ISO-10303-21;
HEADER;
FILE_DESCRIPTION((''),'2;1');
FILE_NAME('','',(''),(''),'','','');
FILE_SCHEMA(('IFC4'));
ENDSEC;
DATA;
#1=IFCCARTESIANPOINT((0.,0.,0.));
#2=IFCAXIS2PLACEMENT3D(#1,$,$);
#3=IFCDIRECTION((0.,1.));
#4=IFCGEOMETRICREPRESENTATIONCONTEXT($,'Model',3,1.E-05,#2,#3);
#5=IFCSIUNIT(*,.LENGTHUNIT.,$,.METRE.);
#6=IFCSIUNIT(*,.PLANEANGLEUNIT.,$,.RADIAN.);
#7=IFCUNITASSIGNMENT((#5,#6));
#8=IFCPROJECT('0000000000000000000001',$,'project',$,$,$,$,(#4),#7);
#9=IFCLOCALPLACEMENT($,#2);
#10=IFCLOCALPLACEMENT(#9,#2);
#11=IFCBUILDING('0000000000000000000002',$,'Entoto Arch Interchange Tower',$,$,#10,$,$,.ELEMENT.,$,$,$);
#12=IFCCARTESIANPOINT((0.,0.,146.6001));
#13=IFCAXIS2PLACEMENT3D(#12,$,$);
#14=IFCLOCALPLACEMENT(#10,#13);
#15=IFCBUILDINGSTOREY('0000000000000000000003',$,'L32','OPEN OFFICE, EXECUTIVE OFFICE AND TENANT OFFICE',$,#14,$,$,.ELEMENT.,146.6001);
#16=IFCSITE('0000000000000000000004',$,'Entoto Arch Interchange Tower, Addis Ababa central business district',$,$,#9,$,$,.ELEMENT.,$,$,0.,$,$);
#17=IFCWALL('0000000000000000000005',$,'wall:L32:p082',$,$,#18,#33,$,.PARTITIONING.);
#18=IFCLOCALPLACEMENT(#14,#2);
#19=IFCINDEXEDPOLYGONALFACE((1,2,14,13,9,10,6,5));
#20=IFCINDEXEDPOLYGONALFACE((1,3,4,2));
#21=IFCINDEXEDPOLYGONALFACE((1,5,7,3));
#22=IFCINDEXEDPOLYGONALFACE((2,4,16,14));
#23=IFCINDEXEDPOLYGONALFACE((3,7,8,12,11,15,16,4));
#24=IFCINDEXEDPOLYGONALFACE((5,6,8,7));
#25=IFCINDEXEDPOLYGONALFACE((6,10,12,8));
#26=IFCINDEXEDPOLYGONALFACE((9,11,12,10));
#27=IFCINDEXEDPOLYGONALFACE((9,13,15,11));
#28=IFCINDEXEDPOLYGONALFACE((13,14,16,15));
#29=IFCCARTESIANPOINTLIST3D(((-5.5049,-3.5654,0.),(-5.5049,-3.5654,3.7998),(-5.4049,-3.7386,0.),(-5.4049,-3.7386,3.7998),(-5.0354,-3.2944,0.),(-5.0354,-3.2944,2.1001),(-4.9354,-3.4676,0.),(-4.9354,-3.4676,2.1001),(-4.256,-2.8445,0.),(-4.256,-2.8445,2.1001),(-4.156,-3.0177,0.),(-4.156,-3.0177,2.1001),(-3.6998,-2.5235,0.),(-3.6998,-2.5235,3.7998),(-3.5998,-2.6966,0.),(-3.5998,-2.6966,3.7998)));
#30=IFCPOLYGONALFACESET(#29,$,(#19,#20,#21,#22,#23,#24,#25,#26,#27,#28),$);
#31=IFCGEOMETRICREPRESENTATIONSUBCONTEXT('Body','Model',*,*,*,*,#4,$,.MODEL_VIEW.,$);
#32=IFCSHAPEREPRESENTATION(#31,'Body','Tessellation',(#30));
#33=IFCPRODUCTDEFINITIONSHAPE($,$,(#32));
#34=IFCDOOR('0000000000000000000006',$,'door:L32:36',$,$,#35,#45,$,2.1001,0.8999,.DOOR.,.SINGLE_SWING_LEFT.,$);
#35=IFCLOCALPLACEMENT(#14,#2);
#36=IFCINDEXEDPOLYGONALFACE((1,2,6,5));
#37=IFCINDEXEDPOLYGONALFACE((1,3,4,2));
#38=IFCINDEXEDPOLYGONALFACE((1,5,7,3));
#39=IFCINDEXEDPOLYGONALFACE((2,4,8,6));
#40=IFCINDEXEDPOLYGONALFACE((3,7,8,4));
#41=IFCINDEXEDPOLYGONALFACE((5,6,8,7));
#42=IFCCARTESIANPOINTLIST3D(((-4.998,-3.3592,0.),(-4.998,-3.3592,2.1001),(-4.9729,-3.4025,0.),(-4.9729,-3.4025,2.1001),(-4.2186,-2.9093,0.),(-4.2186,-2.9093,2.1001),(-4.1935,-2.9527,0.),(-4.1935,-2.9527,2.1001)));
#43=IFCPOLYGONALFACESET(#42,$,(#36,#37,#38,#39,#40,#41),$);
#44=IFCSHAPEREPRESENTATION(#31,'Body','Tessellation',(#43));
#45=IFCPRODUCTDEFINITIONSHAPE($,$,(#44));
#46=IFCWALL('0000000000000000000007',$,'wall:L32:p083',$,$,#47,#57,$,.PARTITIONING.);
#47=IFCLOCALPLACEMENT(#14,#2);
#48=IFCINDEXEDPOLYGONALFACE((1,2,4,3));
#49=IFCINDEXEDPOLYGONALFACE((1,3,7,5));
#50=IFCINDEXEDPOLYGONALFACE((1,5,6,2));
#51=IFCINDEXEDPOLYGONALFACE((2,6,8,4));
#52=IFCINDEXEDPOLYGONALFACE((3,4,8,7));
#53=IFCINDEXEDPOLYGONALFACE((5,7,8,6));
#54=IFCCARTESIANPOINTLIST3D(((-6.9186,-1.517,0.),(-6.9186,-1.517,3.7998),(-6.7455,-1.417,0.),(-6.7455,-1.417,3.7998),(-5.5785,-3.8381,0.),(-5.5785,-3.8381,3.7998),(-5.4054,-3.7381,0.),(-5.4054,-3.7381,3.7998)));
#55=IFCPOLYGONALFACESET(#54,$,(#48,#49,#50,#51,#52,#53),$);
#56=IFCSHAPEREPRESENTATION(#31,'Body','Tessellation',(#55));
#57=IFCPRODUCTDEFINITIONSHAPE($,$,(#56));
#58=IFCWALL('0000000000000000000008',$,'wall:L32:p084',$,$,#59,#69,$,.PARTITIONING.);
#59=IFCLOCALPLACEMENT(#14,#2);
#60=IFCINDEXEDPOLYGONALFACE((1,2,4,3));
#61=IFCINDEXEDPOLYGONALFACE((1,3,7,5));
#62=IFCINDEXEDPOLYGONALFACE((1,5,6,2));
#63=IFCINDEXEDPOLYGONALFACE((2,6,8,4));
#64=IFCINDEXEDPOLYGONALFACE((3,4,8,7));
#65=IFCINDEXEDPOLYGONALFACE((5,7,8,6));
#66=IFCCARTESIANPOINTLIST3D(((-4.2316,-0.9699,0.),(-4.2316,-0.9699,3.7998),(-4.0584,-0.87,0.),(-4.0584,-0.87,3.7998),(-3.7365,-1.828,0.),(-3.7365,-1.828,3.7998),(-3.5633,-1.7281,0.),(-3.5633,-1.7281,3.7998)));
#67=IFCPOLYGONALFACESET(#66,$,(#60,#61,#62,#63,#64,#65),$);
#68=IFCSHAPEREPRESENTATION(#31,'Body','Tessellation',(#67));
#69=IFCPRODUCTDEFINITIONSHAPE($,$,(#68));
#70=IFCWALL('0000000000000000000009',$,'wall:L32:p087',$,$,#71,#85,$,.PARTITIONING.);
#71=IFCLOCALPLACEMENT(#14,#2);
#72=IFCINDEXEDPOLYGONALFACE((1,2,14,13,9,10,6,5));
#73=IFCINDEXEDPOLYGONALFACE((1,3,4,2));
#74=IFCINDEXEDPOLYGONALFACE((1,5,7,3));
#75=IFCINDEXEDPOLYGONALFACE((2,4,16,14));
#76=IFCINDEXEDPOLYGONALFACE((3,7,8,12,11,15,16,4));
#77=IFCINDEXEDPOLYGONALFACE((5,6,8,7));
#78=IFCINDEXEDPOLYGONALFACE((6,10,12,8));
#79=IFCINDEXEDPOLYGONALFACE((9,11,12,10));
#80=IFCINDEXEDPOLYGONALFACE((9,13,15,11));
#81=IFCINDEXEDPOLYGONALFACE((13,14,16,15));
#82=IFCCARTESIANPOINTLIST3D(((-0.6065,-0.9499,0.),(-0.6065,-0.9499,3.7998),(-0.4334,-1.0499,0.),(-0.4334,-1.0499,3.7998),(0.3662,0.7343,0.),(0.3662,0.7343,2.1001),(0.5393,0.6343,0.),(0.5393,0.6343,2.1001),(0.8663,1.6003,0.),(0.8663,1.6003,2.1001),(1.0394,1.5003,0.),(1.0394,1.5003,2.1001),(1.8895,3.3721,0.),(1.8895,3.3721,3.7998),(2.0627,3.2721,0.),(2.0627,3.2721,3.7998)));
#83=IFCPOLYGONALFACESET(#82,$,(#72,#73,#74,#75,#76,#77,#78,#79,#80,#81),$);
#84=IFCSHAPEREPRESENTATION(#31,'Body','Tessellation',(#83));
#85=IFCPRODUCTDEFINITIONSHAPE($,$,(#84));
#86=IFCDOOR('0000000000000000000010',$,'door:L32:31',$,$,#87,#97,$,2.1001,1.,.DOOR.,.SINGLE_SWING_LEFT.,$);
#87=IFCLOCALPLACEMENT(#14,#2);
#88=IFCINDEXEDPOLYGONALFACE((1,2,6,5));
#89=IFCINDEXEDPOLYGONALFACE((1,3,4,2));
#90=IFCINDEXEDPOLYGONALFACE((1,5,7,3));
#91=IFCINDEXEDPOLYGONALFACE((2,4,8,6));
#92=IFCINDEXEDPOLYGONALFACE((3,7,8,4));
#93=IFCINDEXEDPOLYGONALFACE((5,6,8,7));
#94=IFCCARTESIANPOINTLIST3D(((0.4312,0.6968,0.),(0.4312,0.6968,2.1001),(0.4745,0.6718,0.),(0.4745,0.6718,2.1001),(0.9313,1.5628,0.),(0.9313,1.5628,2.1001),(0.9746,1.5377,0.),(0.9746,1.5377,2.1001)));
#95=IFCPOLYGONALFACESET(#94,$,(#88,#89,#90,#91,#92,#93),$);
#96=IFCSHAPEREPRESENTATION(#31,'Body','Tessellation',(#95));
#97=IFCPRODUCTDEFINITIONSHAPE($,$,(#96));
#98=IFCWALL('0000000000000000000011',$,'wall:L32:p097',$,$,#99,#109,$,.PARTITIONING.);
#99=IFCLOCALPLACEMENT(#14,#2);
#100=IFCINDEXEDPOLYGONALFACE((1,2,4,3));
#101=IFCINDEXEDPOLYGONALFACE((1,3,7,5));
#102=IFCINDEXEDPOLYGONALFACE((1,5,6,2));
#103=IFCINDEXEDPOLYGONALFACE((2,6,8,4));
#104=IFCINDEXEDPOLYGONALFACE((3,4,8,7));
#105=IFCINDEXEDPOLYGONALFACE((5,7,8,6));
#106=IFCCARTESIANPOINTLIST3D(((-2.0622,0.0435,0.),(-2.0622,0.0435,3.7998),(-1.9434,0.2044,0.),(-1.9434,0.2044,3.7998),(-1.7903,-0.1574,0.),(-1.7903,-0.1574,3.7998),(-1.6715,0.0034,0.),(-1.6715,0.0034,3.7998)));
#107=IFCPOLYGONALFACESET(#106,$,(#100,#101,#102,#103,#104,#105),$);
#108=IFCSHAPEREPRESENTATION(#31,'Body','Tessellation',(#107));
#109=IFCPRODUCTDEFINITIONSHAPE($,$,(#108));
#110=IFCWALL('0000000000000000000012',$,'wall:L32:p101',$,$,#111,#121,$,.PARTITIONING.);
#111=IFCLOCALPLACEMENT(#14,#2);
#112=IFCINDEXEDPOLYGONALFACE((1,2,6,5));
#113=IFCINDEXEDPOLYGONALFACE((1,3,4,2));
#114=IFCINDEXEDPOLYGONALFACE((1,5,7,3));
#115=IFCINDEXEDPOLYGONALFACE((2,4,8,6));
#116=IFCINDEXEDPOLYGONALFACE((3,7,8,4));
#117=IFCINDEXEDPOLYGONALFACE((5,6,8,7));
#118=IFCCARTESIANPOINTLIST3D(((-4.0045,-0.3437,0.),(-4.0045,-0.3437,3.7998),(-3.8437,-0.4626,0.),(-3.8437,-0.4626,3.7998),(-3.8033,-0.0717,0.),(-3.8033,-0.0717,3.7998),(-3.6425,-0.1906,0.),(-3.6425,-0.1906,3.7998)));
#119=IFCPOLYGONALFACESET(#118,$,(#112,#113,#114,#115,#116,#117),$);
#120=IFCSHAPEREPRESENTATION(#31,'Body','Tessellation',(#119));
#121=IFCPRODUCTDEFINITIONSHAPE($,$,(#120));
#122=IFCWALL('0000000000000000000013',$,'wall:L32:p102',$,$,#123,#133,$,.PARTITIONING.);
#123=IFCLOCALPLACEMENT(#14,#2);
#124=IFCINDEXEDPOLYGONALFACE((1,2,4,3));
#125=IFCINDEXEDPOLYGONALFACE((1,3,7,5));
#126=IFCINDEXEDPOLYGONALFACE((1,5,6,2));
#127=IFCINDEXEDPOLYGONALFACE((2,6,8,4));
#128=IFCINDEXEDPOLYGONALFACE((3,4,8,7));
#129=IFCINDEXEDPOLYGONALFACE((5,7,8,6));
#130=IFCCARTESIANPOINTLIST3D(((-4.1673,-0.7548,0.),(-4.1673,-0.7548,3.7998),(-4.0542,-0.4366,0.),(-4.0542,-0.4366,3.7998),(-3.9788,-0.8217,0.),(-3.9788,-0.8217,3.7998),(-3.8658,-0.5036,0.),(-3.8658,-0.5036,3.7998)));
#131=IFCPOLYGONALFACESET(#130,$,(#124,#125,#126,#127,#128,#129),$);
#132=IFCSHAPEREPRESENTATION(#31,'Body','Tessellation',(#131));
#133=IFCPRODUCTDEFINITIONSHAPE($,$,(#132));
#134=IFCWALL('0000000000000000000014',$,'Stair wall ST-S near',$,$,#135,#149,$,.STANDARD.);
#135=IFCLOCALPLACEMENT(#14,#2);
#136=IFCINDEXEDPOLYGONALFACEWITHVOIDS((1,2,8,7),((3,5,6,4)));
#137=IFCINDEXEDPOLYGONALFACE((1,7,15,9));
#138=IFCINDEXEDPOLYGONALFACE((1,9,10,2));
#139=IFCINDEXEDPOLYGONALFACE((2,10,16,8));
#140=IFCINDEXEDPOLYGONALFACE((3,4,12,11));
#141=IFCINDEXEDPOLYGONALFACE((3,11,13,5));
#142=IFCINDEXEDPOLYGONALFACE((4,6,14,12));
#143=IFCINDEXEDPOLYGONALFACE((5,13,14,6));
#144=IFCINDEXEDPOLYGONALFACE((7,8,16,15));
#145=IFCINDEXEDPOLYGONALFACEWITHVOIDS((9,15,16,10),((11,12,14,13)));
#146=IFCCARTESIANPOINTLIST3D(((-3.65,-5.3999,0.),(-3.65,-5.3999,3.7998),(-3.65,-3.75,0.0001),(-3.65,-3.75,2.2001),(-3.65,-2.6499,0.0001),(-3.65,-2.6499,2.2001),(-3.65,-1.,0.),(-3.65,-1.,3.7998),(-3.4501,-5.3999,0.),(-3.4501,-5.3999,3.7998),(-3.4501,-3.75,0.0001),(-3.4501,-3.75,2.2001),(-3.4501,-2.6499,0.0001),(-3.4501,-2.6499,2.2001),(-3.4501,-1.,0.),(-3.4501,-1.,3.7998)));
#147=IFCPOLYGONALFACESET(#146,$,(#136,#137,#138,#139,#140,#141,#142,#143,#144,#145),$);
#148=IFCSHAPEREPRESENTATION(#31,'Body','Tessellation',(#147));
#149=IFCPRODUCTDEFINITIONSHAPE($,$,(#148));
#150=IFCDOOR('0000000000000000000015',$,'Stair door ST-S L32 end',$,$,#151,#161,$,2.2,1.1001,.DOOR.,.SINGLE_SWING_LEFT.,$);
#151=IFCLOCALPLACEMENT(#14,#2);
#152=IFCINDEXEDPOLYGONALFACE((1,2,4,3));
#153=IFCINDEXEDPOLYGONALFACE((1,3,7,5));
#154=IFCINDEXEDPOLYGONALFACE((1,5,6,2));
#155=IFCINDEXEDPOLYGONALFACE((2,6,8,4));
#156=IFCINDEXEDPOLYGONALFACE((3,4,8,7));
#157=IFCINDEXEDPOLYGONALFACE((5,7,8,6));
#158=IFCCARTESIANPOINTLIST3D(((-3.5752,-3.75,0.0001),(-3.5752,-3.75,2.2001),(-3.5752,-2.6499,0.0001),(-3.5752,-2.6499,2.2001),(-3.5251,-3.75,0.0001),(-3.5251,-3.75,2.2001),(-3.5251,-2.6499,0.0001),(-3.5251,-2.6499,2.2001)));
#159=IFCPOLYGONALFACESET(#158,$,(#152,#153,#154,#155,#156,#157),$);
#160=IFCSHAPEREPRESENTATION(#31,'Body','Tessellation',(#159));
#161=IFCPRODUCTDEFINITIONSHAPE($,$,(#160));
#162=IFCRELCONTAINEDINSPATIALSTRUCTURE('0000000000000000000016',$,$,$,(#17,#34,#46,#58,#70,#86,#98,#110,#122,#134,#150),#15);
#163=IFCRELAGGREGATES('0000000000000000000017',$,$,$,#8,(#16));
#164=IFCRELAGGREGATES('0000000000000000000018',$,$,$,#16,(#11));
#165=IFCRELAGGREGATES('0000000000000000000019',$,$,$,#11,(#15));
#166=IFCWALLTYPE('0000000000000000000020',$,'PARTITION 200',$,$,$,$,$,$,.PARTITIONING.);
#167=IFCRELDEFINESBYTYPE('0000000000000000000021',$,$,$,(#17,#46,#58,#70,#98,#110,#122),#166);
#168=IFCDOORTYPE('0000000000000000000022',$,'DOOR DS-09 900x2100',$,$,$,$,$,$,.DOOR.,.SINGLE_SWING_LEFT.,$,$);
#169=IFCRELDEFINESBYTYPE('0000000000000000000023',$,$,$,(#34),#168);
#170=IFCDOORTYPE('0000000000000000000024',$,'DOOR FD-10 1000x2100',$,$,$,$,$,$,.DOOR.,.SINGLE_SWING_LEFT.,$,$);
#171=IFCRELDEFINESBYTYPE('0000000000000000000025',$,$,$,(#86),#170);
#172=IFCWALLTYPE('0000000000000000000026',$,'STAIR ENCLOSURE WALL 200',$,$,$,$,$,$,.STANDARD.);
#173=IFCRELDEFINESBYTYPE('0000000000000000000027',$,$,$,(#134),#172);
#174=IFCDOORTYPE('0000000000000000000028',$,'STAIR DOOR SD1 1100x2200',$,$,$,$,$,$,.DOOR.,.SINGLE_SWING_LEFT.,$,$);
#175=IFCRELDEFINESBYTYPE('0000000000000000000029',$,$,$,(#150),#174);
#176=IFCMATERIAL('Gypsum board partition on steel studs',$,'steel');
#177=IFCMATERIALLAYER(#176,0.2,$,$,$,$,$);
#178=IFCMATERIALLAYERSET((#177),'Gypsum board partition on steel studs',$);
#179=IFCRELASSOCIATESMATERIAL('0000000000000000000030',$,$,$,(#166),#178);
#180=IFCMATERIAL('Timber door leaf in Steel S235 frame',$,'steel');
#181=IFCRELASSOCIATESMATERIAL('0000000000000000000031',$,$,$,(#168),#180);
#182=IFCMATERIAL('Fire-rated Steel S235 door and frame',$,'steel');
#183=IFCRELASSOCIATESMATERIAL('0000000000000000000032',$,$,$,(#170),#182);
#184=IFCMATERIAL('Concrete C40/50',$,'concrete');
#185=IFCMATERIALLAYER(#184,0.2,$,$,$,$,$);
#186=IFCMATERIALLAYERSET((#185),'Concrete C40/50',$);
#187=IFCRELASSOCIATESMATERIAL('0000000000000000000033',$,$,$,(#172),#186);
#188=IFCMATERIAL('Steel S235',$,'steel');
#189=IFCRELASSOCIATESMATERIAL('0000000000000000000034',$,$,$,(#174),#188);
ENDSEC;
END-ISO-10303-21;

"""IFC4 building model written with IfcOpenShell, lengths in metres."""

from ifc_helpers import new_model, si_unit, direction, frame, frame_2d, origin, place, context, subcontext, project, spatial, rectangle, extrude, material, layer, layer_set, type_object, element, fill, save


model = new_model("IFC4")

# Units and contexts
model_context = context("Model", 3, precision=1e-05, world=origin(), true_north=direction((0.0, 1.0)))
body_context = subcontext(model_context, "Body", "Model", "MODEL_VIEW")
ifc_project = project(units=[si_unit("LENGTHUNIT", "METRE"), si_unit("PLANEANGLEUNIT", "RADIAN")], contexts=[model_context])

# Site, building, storey
site_placement = place(None, origin())
site = spatial("IfcSite", under=ifc_project, at=site_placement, Name="Entoto Arch Interchange Tower, Addis Ababa central business district", CompositionType="ELEMENT", RefElevation=0.0)
building_placement = place(site_placement, origin())
building = spatial("IfcBuilding", under=site, at=building_placement, Name="Entoto Arch Interchange Tower", CompositionType="ELEMENT")
storey_placement = place(building_placement, frame((0.0, 0.0, 146.6001)))
storey = spatial("IfcBuildingStorey", under=building, at=storey_placement, Name="L32", Description="OPEN OFFICE, EXECUTIVE OFFICE AND TENANT OFFICE", CompositionType="ELEMENT", Elevation=146.6001)

# Shared definitions
ifc_material_1 = material(Name="Concrete C40/50", Category="concrete")

# Shared definitions
ifc_material_2 = material(Name="Gypsum board partition on steel studs", Category="steel")
ifc_layer_1 = layer(ifc_material_2, 0.2)
ifc_layer_set_1 = layer_set([ifc_layer_1], Name="Gypsum board partition on steel studs")
wall_type_1 = type_object("IfcWallType", Name="PARTITION 200", PredefinedType="PARTITIONING", material=ifc_layer_set_1)

# Wall, opening, door
wall_1_placement = place(storey_placement, frame((-3.6499, -2.6101, 0.0), z_axis=(0.0, 0.0, 1.0), x_axis=(-0.866072, -0.499918, 0.0)))
wall_1 = element("IfcWall", 1, at=wall_1_placement, inside=storey, type_object=wall_type_1, Name="wall:L32:p082", PredefinedType="PARTITIONING", context=body_context, shape_type="SweptSolid", body=[
    extrude(rectangle(XDim=2.0842, YDim=0.2, at=frame_2d((1.042, 0.0))), origin(), (0.0, 0.0, 1.0), 3.7998),
])
opening_1_placement = place(wall_1_placement, frame((0.6421, 0.0, 0.0)))
opening_1 = element("IfcOpeningElement", 2, at=opening_1_placement, cuts=wall_1, PredefinedType="OPENING", context=body_context, shape_type="SweptSolid", body=[
    extrude(rectangle(XDim=0.8999, YDim=2.1001, at=frame_2d((0.45, 1.05))), frame((0.0, 0.1099, 0.0), z_axis=(0.0, -1.0, 0.0), x_axis=(1.0, 0.0, 0.0)), (0.0, 0.0, 1.0), 0.22),
])
ifc_material_3 = material(Name="Timber door leaf in Steel S235 frame", Category="steel")
door_type_1 = type_object("IfcDoorType", Name="DOOR DS-09 900x2100", OperationType="SINGLE_SWING_LEFT", PredefinedType="DOOR", material=ifc_material_3)
door_1_placement = place(opening_1_placement, origin())
door_1 = element("IfcDoor", 3, at=door_1_placement, inside=storey, type_object=door_type_1, Name="door:L32:36", OperationType="SINGLE_SWING_LEFT", OverallHeight=2.1001, OverallWidth=0.8999, PredefinedType="DOOR", context=body_context, shape_type="SweptSolid", body=[
    extrude(rectangle(XDim=0.8999, YDim=2.1001, at=frame_2d((0.45, 1.05))), frame((0.0, 0.0249, 0.0), z_axis=(0.0, -1.0, 0.0), x_axis=(1.0, 0.0, 0.0)), (0.0, 0.0, 1.0), 0.05),
])
fill(opening_1, door_1)

# Walls
wall_2_placement = place(storey_placement, frame((-5.4919, -3.7881, 0.0), z_axis=(0.0, 0.0, 1.0), x_axis=(-0.500009, 0.86602, 0.0)))
element("IfcWall", 4, at=wall_2_placement, inside=storey, type_object=wall_type_1, Name="wall:L32:p083", PredefinedType="PARTITIONING", context=body_context, shape_type="SweptSolid", body=[
    extrude(rectangle(XDim=2.6802, YDim=0.2, at=frame_2d((1.3401, 0.0))), origin(), (0.0, 0.0, 1.0), 3.7998),
])
wall_3_placement = place(storey_placement, frame((-4.145, -0.9199, 0.0), z_axis=(0.0, 0.0, 1.0), x_axis=(0.499744, -0.866173, 0.0)))
element("IfcWall", 5, at=wall_3_placement, inside=storey, type_object=wall_type_1, Name="wall:L32:p084", PredefinedType="PARTITIONING", context=body_context, shape_type="SweptSolid", body=[
    extrude(rectangle(XDim=0.9907, YDim=0.2, at=frame_2d((0.4954, 0.0))), origin(), (0.0, 0.0, 1.0), 3.7998),
])

# Wall, opening, door
wall_4_placement = place(storey_placement, frame((-0.52, -1.0, 0.0), z_axis=(0.0, 0.0, 1.0), x_axis=(0.500116, 0.865958, 0.0)))
wall_4 = element("IfcWall", 6, at=wall_4_placement, inside=storey, type_object=wall_type_1, Name="wall:L32:p087", PredefinedType="PARTITIONING", context=body_context, shape_type="SweptSolid", body=[
    extrude(rectangle(XDim=4.991, YDim=0.2, at=frame_2d((2.4956, 0.0))), origin(), (0.0, 0.0, 1.0), 3.7998),
])
opening_2_placement = place(wall_4_placement, frame((1.9451, 0.0, 0.0)))
opening_2 = element("IfcOpeningElement", 7, at=opening_2_placement, cuts=wall_4, PredefinedType="OPENING", context=body_context, shape_type="SweptSolid", body=[
    extrude(rectangle(XDim=1.0, YDim=2.1001, at=frame_2d((0.5, 1.05))), frame((0.0, 0.1099, 0.0), z_axis=(0.0, -1.0, 0.0), x_axis=(1.0, 0.0, 0.0)), (0.0, 0.0, 1.0), 0.22),
])
ifc_material_4 = material(Name="Fire-rated Steel S235 door and frame", Category="steel")
door_type_2 = type_object("IfcDoorType", Name="DOOR FD-10 1000x2100", OperationType="SINGLE_SWING_LEFT", PredefinedType="DOOR", material=ifc_material_4)
door_2_placement = place(opening_2_placement, origin())
door_2 = element("IfcDoor", 8, at=door_2_placement, inside=storey, type_object=door_type_2, Name="door:L32:31", OperationType="SINGLE_SWING_LEFT", OverallHeight=2.1001, OverallWidth=1.0, PredefinedType="DOOR", context=body_context, shape_type="SweptSolid", body=[
    extrude(rectangle(XDim=1.0, YDim=2.1001, at=frame_2d((0.5, 1.05))), frame((0.0, 0.0249, 0.0), z_axis=(0.0, -1.0, 0.0), x_axis=(1.0, 0.0, 0.0)), (0.0, 0.0, 1.0), 0.05),
])
fill(opening_2, door_2)

# Walls
wall_5_placement = place(storey_placement, frame((-1.731, -0.0769, 0.0), z_axis=(0.0, 0.0, 1.0), x_axis=(-0.804311, 0.594208, 0.0)))
element("IfcWall", 9, at=wall_5_placement, inside=storey, type_object=wall_type_1, Name="wall:L32:p097", PredefinedType="PARTITIONING", context=body_context, shape_type="SweptSolid", body=[
    extrude(rectangle(XDim=0.3381, YDim=0.2, at=frame_2d((0.1689, 0.0))), origin(), (0.0, 0.0, 1.0), 3.7998),
])
wall_6_placement = place(storey_placement, frame((-3.7229, -0.1311, 0.0), z_axis=(0.0, 0.0, 1.0), x_axis=(-0.594675, -0.803966, 0.0)))
element("IfcWall", 10, at=wall_6_placement, inside=storey, type_object=wall_type_1, Name="wall:L32:p101", PredefinedType="PARTITIONING", context=body_context, shape_type="SweptSolid", body=[
    extrude(rectangle(XDim=0.3384, YDim=0.2, at=frame_2d((0.1692, 0.0))), origin(), (0.0, 0.0, 1.0), 3.7998),
])
wall_7_placement = place(storey_placement, frame((-3.96, -0.47, 0.0), z_axis=(0.0, 0.0, 1.0), x_axis=(-0.334824, -0.942281, 0.0)))
element("IfcWall", 11, at=wall_7_placement, inside=storey, type_object=wall_type_1, Name="wall:L32:p102", PredefinedType="PARTITIONING", context=body_context, shape_type="SweptSolid", body=[
    extrude(rectangle(XDim=0.3376, YDim=0.2, at=frame_2d((0.1689, 0.0))), origin(), (0.0, 0.0, 1.0), 3.7998),
])

# Wall, opening, door
ifc_layer_2 = layer(ifc_material_1, 0.2)
ifc_layer_set_2 = layer_set([ifc_layer_2], Name="Concrete C40/50")
wall_type_2 = type_object("IfcWallType", Name="STAIR ENCLOSURE WALL 200", PredefinedType="STANDARD", material=ifc_layer_set_2)
wall_8_placement = place(storey_placement, frame((-3.55, -1.0, 0.0), z_axis=(0.0, 0.0, 1.0), x_axis=(0.0, -1.0, 0.0)))
wall_8 = element("IfcWall", 12, at=wall_8_placement, inside=storey, type_object=wall_type_2, Name="Stair wall ST-S near", PredefinedType="STANDARD", context=body_context, shape_type="SweptSolid", body=[
    extrude(rectangle(XDim=4.3999, YDim=0.2, at=frame_2d((2.2, 0.0))), origin(), (0.0, 0.0, 1.0), 3.7998),
])
opening_3_placement = place(wall_8_placement, frame((1.6499, 0.0, 0.0)))
opening_3 = element("IfcOpeningElement", 13, at=opening_3_placement, cuts=wall_8, PredefinedType="OPENING", context=body_context, shape_type="SweptSolid", body=[
    extrude(rectangle(XDim=1.1001, YDim=2.2, at=frame_2d((0.55, 1.1001))), frame((0.0, 0.1099, 0.0), z_axis=(0.0, -1.0, 0.0), x_axis=(1.0, 0.0, 0.0)), (0.0, 0.0, 1.0), 0.22),
])
ifc_material_5 = material(Name="Steel S235", Category="steel")
door_type_3 = type_object("IfcDoorType", Name="STAIR DOOR SD1 1100x2200", OperationType="SINGLE_SWING_LEFT", PredefinedType="DOOR", material=ifc_material_5)
door_3_placement = place(opening_3_placement, origin())
door_3 = element("IfcDoor", 14, at=door_3_placement, inside=storey, type_object=door_type_3, Name="Stair door ST-S L32 end", OperationType="SINGLE_SWING_LEFT", OverallHeight=2.2, OverallWidth=1.1001, PredefinedType="DOOR", context=body_context, shape_type="SweptSolid", body=[
    extrude(rectangle(XDim=1.1001, YDim=2.2, at=frame_2d((0.55, 1.1001))), frame((0.0, 0.0249, 0.0), z_axis=(0.0, -1.0, 0.0), x_axis=(1.0, 0.0, 0.0)), (0.0, 0.0, 1.0), 0.05),
])
fill(opening_3, door_3)

save(model, "model.ifc")
